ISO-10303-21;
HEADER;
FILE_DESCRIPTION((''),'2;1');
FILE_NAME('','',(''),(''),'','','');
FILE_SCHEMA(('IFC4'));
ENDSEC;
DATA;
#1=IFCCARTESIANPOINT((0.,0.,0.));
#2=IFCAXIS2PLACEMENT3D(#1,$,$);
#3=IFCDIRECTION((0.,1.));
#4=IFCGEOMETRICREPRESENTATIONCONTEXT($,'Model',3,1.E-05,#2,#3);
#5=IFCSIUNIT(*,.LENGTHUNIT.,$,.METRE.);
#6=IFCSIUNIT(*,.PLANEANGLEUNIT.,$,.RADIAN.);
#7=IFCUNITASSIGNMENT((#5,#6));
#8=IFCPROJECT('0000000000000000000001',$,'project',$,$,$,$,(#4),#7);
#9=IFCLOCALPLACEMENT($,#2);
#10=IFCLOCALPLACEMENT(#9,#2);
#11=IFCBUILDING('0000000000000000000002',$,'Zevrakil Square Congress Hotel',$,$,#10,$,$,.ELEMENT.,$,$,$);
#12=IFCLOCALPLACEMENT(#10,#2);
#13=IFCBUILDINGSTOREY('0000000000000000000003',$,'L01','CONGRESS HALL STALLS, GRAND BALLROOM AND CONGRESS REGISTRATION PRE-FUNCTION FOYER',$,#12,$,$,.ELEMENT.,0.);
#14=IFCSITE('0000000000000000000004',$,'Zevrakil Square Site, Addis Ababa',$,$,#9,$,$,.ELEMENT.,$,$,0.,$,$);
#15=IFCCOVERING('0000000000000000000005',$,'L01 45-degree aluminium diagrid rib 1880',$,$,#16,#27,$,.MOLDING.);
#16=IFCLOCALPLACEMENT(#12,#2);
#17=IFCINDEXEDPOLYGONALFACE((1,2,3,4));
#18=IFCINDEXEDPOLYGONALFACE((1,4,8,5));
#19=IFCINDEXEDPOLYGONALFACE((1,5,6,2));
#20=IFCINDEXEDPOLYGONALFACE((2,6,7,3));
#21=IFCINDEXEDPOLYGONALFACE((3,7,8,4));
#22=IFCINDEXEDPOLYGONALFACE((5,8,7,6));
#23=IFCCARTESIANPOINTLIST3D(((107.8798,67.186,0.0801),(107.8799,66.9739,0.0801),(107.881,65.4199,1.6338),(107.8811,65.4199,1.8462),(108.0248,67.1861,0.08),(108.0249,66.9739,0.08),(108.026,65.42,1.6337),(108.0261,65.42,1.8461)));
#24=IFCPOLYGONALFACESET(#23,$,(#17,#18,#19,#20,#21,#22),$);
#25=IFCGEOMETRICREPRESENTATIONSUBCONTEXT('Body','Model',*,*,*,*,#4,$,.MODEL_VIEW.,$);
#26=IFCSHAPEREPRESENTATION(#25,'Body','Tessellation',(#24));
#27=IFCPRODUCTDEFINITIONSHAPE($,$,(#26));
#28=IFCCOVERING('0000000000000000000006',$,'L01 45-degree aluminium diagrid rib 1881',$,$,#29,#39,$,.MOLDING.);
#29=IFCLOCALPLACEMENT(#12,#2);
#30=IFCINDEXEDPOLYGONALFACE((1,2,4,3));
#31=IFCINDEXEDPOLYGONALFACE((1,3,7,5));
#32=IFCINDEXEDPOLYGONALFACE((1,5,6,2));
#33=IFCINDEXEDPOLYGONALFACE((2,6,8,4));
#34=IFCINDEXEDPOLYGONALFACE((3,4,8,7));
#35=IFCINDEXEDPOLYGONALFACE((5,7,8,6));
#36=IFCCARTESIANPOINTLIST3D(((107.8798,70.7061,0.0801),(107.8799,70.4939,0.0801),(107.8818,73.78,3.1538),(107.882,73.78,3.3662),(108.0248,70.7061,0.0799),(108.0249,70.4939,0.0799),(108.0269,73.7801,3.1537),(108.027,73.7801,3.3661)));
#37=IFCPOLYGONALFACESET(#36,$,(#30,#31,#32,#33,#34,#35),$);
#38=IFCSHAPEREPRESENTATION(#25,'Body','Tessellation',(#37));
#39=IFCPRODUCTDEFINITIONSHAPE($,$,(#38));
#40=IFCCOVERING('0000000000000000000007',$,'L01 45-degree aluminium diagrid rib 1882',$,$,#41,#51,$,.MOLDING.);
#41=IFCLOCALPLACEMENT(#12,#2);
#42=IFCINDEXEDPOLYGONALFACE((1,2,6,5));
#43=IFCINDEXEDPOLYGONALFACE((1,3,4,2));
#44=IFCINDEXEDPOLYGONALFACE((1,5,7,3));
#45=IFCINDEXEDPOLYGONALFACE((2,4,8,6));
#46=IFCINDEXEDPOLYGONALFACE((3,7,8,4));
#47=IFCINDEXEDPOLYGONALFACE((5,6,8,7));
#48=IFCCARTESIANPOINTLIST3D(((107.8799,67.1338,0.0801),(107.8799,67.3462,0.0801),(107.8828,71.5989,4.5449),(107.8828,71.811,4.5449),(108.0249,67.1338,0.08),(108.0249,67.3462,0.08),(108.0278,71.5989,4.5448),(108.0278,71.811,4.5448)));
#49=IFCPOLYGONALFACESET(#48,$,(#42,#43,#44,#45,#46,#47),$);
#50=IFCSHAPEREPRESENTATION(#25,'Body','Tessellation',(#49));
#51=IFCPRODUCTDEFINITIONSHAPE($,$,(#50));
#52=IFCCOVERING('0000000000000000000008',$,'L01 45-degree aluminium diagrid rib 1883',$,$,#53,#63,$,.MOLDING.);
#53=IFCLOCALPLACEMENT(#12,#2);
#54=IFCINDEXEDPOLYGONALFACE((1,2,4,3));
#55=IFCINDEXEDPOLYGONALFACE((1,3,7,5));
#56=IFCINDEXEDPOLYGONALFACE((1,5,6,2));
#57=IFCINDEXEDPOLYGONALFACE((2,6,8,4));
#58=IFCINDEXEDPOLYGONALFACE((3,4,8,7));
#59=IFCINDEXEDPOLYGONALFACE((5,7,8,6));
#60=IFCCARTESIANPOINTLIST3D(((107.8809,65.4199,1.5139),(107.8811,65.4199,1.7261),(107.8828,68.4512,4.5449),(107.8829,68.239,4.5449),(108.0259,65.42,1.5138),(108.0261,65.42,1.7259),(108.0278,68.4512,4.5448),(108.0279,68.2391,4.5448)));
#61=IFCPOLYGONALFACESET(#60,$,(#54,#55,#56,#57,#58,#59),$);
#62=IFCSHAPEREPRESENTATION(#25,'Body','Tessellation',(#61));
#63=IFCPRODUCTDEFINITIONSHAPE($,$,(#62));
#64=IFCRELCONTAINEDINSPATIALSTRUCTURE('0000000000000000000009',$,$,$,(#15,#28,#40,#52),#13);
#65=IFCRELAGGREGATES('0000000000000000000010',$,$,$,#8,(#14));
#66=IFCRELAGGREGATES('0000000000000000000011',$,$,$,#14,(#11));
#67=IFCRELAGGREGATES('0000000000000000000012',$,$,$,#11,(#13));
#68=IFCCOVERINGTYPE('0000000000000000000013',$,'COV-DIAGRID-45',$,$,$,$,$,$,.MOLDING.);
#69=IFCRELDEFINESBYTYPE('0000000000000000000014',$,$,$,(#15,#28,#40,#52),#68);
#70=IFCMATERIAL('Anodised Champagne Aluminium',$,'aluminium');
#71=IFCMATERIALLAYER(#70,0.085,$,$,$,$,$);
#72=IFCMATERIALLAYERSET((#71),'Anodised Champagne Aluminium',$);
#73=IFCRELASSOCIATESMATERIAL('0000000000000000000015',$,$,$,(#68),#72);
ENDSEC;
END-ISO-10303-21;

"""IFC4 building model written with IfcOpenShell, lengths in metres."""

from ifc_helpers import new_model, si_unit, direction, frame, origin, place, context, subcontext, project, spatial, polyline, outline, extrude, material, layer, layer_set, type_object, element, save


model = new_model("IFC4")

# Units and contexts
model_context = context("Model", 3, precision=1e-05, world=origin(), true_north=direction((0.0, 1.0)))
body_context = subcontext(model_context, "Body", "Model", "MODEL_VIEW")
ifc_project = project(units=[si_unit("LENGTHUNIT", "METRE"), si_unit("PLANEANGLEUNIT", "RADIAN")], contexts=[model_context])

# Site, building, storey
site_placement = place(None, origin())
site = spatial("IfcSite", under=ifc_project, at=site_placement, Name="Zevrakil Square Site, Addis Ababa", CompositionType="ELEMENT", RefElevation=0.0)
building_placement = place(site_placement, origin())
building = spatial("IfcBuilding", under=site, at=building_placement, Name="Zevrakil Square Congress Hotel", CompositionType="ELEMENT")
storey_placement = place(building_placement, origin())
storey = spatial("IfcBuildingStorey", under=building, at=storey_placement, Name="L01", Description="CONGRESS HALL STALLS, GRAND BALLROOM AND CONGRESS REGISTRATION PRE-FUNCTION FOYER", CompositionType="ELEMENT", Elevation=0.0)

# Coverings
ifc_material_1 = material(Name="Anodised Champagne Aluminium", Category="aluminium")
ifc_layer_1 = layer(ifc_material_1, 0.085)
ifc_layer_set_1 = layer_set([ifc_layer_1], Name="Anodised Champagne Aluminium")
covering_type_1 = type_object("IfcCoveringType", Name="COV-DIAGRID-45", PredefinedType="MOLDING", material=ifc_layer_set_1)
covering_1_placement = place(storey_placement, frame((107.8799, 66.9739, 0.0801), z_axis=(-1.0, -0.000368, 0.000367), x_axis=(-0.000368, 1.0, 0.0)))
element("IfcCovering", 1, at=covering_1_placement, inside=storey, type_object=covering_type_1, Name="L01 45-degree aluminium diagrid rib 1880", PredefinedType="MOLDING", context=body_context, shape_type="SweptSolid", body=[
    extrude(outline(polyline([(0.0, 0.0), (0.2122, 0.0), (-1.554, -1.7661), (-1.554, -1.5537), (0.0, 0.0)])), origin(), (0.0, 0.0, -1.0), 0.145),
])
covering_2_placement = place(storey_placement, frame((107.8818, 73.78, 3.1538), z_axis=(-1.0, -0.000249, 0.000901), x_axis=(0.000901, 0.0, 1.0)))
element("IfcCovering", 2, at=covering_2_placement, inside=storey, type_object=covering_type_1, Name="L01 45-degree aluminium diagrid rib 1881", PredefinedType="MOLDING", context=body_context, shape_type="SweptSolid", body=[
    extrude(outline(polyline([(0.0, 0.0), (0.2124, 0.0), (-3.0737, -3.2861), (-3.0737, -3.074), (0.0, 0.0)])), origin(), (0.0, 0.0, -1.0), 0.145),
])
covering_3_placement = place(storey_placement, frame((107.8828, 71.811, 4.5449), z_axis=(-1.0, 0.0, 0.000656), x_axis=(0.0, -1.0, 0.0)))
element("IfcCovering", 3, at=covering_3_placement, inside=storey, type_object=covering_type_1, Name="L01 45-degree aluminium diagrid rib 1882", PredefinedType="MOLDING", context=body_context, shape_type="SweptSolid", body=[
    extrude(outline(polyline([(0.0, 0.0), (0.2122, 0.0), (4.6772, -4.4648), (4.4648, -4.4648), (0.0, 0.0)])), origin(), (0.0, 0.0, -1.0), 0.145),
])
covering_4_placement = place(storey_placement, frame((107.8828, 68.4512, 4.5449), z_axis=(-1.0, -0.000262, 0.000888), x_axis=(0.000262, -1.0, 0.0)))
element("IfcCovering", 4, at=covering_4_placement, inside=storey, type_object=covering_type_1, Name="L01 45-degree aluminium diagrid rib 1883", PredefinedType="MOLDING", context=body_context, shape_type="SweptSolid", body=[
    extrude(outline(polyline([(0.0, 0.0), (0.2122, 0.0), (3.0313, -2.8188), (3.0313, -3.031), (0.0, 0.0)])), origin(), (0.0, 0.0, -1.0), 0.145),
])

save(model, "model.ifc")
